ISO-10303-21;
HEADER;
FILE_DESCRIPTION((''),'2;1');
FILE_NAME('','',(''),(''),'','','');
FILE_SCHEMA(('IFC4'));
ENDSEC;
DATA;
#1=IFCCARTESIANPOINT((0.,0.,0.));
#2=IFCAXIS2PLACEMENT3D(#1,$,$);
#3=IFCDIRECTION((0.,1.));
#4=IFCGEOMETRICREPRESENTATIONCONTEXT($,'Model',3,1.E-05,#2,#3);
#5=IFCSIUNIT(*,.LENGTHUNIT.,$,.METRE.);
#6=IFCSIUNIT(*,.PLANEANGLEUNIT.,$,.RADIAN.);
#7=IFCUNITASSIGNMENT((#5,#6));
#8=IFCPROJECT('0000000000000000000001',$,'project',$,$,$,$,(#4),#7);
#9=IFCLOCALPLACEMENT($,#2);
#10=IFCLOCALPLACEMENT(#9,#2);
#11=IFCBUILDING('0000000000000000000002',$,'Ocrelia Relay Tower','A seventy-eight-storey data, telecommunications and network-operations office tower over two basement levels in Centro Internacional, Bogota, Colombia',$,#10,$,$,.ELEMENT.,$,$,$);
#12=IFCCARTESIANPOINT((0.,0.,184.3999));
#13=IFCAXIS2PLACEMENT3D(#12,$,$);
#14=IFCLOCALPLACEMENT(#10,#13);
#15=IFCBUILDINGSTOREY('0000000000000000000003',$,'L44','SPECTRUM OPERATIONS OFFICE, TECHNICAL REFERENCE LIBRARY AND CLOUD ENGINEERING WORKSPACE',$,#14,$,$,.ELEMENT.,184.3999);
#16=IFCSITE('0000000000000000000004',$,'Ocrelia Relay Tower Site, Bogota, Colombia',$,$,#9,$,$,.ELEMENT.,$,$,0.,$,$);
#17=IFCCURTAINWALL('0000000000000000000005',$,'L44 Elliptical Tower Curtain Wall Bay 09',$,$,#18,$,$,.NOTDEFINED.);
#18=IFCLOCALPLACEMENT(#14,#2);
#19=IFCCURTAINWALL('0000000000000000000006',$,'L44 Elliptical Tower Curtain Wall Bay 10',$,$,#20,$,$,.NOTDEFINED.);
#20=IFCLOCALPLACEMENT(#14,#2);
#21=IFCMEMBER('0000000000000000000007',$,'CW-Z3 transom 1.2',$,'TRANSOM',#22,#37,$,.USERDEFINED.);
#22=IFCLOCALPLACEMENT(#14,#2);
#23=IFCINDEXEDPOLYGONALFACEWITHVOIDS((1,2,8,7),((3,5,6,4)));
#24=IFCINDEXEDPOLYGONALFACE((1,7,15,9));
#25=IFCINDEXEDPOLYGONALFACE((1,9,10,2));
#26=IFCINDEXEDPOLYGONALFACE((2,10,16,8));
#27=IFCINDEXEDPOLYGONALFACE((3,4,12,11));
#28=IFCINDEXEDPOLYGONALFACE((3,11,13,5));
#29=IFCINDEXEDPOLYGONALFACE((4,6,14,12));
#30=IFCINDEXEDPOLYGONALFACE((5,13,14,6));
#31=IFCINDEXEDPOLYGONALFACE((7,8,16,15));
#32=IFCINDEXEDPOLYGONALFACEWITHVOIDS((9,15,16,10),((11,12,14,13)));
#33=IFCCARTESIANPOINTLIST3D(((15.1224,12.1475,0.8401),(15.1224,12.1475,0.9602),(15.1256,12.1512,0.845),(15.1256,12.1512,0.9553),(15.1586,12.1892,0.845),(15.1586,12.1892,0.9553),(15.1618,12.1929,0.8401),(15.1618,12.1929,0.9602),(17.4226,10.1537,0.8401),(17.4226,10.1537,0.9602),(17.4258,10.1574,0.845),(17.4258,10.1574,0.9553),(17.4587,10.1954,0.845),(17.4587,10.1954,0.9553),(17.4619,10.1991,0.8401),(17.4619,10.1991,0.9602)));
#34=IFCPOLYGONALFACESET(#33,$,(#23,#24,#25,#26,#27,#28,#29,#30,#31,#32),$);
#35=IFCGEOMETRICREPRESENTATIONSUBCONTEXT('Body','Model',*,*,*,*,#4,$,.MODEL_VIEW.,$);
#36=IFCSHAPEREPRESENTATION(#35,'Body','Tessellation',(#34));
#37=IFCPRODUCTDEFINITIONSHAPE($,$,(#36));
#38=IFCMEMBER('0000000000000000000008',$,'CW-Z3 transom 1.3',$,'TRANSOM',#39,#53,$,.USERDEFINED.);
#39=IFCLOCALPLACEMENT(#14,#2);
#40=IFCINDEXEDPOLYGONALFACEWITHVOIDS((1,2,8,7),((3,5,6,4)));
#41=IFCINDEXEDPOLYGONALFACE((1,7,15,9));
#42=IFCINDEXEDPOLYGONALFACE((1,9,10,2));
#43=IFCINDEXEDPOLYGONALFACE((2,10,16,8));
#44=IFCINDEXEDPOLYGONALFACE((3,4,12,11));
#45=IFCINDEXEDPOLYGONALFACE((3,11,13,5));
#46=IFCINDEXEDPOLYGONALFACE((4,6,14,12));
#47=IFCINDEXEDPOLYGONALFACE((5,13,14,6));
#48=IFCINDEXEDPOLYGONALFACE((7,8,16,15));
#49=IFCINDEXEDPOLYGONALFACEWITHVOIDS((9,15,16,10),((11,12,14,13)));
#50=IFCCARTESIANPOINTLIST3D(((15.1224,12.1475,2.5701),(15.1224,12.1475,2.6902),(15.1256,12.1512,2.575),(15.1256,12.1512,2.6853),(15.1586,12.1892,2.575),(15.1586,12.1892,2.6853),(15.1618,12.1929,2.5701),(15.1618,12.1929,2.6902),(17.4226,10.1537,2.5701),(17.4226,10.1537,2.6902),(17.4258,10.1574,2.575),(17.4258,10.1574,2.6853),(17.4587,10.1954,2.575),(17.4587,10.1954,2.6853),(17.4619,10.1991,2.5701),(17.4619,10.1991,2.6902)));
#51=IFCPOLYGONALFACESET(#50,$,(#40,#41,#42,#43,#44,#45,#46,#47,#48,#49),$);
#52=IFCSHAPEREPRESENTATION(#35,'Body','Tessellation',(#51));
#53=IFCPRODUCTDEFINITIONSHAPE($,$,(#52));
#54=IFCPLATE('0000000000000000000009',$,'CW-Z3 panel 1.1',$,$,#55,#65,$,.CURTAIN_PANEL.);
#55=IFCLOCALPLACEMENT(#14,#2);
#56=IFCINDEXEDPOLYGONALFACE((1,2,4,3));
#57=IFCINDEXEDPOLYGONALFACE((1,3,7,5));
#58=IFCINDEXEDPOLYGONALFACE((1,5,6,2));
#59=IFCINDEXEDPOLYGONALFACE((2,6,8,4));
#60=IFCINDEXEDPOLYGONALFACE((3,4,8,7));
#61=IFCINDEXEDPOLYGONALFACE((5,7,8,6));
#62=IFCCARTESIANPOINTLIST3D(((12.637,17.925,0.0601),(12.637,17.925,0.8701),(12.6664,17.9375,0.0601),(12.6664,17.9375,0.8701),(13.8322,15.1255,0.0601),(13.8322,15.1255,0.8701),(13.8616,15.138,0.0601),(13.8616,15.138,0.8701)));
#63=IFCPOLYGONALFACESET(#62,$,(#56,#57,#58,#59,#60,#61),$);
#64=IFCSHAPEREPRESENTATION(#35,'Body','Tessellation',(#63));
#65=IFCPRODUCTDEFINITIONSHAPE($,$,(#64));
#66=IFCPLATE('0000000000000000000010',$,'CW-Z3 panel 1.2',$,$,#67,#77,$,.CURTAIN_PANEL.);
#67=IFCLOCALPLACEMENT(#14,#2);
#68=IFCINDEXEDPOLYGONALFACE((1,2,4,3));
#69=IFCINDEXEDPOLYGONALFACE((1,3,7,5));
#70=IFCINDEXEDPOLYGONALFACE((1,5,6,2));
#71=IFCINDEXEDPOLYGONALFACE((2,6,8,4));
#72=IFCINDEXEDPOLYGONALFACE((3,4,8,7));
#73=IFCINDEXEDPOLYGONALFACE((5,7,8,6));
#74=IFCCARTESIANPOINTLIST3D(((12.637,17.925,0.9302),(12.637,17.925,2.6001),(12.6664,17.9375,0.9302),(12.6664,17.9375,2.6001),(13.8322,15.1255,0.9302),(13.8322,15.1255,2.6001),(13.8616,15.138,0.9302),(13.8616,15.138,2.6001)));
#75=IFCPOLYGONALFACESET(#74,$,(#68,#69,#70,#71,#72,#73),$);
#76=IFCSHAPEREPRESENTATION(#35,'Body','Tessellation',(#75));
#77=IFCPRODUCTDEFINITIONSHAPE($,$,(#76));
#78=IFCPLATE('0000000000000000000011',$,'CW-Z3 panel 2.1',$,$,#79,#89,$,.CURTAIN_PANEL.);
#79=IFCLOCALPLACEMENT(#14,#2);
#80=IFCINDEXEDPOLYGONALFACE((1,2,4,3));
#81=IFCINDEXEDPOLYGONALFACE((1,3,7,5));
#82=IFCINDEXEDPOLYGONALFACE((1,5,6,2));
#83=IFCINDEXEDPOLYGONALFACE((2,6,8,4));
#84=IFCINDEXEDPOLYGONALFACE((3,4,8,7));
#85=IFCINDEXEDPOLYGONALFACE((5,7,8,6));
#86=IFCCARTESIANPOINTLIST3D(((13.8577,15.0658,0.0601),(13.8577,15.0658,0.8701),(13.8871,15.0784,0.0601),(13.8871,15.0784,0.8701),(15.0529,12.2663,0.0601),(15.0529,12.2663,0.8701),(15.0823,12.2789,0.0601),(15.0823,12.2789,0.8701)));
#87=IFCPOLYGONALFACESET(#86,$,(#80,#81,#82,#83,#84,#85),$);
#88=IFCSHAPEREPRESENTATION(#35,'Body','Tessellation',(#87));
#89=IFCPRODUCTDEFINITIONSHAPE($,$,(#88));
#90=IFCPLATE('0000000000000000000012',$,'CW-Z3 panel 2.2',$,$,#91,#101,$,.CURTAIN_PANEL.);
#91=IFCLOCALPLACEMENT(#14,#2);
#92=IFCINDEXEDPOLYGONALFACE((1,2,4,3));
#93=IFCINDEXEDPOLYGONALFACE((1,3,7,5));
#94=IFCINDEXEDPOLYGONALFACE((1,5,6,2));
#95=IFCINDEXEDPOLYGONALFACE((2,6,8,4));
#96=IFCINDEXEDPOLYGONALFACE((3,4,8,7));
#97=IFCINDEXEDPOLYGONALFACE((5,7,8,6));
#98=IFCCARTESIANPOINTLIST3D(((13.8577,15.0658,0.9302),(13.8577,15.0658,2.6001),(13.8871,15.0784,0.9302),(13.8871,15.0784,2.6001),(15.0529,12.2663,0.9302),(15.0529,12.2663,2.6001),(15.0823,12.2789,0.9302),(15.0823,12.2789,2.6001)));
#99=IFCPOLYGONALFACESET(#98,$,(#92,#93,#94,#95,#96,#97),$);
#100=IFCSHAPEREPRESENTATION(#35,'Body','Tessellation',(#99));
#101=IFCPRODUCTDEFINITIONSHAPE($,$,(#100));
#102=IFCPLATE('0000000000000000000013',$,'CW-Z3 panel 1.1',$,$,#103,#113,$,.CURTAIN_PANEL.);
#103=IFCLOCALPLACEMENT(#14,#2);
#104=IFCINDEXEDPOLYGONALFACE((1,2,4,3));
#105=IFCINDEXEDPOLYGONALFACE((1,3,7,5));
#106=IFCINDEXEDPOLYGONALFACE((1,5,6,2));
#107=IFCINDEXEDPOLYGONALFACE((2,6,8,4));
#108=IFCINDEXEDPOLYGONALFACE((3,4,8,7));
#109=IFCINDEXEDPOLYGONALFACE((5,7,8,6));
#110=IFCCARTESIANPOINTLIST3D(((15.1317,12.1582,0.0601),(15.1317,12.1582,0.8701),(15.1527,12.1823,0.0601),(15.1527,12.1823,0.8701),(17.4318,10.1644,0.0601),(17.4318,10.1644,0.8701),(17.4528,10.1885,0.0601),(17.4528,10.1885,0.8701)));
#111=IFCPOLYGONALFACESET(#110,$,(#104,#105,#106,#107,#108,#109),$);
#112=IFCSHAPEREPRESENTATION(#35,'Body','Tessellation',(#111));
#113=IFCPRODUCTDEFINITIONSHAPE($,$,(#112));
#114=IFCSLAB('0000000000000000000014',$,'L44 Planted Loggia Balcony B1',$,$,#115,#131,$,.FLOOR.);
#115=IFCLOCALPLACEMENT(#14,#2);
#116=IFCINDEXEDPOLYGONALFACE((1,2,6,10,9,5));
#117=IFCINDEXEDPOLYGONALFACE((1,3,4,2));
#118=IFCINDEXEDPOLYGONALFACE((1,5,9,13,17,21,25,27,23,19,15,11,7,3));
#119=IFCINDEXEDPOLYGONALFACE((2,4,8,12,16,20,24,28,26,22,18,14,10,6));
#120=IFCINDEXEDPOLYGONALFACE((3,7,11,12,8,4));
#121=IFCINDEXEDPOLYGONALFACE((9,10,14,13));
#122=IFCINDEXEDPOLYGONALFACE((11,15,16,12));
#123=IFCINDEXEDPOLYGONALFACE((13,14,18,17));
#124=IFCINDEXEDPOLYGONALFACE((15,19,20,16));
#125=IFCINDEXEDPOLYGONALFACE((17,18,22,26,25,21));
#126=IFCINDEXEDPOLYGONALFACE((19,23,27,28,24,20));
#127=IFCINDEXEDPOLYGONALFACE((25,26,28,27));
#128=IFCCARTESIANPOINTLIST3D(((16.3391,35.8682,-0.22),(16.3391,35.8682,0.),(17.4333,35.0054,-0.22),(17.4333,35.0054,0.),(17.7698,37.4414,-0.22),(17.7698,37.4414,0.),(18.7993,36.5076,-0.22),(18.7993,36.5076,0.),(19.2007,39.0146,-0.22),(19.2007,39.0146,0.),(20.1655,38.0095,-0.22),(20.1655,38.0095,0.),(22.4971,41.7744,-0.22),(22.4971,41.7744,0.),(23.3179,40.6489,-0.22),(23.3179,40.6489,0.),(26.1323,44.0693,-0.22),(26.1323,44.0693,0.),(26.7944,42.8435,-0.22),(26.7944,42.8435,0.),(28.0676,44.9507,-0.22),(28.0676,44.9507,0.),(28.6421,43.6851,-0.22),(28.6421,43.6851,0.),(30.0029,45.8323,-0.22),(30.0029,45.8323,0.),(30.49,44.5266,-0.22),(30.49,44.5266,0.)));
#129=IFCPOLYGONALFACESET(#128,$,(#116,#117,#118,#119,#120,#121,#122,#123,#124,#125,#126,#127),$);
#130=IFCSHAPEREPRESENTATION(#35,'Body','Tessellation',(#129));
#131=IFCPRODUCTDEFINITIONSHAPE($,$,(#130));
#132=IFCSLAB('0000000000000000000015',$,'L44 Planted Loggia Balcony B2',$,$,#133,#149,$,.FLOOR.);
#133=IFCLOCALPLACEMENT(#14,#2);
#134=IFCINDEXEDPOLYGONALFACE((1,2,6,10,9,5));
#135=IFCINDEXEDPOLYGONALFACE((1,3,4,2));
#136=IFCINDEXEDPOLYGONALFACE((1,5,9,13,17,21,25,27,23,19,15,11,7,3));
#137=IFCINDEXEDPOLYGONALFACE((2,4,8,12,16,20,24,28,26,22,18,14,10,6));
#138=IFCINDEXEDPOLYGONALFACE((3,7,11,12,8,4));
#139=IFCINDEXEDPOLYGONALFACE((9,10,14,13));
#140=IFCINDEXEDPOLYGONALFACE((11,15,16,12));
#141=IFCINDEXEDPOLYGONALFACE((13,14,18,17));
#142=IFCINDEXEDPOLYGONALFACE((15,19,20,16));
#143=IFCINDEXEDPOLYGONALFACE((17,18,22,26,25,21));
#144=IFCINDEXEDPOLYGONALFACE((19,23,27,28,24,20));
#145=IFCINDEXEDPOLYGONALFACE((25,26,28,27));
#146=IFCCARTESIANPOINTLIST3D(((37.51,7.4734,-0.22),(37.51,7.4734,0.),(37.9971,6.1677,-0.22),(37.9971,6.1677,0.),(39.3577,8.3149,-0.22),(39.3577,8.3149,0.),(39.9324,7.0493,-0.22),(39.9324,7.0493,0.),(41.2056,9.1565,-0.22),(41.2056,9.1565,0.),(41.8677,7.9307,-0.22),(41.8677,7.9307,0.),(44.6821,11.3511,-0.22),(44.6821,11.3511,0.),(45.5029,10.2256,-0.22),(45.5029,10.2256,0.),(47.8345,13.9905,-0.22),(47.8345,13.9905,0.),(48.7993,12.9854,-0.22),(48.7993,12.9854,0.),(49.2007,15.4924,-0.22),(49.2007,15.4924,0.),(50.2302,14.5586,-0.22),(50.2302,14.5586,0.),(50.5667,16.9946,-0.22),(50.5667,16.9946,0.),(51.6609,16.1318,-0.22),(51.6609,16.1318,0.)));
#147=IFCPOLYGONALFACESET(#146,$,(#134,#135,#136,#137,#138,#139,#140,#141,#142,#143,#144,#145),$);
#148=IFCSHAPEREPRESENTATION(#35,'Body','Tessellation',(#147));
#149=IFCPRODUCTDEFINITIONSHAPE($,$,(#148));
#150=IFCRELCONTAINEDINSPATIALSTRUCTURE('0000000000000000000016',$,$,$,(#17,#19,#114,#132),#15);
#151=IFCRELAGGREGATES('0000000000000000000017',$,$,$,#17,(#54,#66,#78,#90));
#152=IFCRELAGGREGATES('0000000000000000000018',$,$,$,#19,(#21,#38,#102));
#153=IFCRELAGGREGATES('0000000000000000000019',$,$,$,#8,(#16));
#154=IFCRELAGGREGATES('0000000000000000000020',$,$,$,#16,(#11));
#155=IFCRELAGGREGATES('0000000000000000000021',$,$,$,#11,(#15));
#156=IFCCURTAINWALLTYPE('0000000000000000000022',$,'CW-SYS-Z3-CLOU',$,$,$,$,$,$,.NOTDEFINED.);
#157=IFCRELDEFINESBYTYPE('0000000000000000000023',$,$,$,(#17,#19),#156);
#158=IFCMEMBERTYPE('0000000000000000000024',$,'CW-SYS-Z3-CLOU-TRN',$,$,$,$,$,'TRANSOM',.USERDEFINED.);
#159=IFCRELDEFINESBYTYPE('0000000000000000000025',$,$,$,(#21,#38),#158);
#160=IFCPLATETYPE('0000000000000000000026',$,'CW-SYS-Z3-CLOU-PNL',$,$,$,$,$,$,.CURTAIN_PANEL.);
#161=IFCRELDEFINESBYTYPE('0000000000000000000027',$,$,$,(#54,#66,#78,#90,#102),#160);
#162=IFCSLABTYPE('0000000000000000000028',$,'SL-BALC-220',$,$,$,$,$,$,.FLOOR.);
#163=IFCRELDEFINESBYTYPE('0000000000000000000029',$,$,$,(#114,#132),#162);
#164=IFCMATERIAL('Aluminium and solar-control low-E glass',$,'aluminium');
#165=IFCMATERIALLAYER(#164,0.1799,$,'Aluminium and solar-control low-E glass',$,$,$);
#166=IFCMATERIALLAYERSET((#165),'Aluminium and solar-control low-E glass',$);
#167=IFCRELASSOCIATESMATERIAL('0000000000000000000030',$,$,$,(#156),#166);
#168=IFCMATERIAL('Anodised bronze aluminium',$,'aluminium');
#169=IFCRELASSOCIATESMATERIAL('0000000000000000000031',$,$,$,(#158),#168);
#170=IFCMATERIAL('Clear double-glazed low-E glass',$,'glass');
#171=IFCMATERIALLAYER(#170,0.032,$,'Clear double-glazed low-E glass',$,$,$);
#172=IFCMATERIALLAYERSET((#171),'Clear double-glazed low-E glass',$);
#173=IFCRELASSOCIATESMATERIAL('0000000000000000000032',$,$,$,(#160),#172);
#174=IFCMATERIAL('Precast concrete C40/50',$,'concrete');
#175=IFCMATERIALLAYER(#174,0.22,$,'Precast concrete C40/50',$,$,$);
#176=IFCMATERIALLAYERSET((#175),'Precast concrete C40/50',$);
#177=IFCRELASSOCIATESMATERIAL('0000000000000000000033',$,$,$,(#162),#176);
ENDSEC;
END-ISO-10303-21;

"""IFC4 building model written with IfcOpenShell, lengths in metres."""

from ifc_helpers import new_model, si_unit, direction, frame, origin, origin_2d, place, context, subcontext, project, spatial, polyline, rectangle, hollow_rectangle, outline, extrude, material, layer, layer_set, material_profile, profile_set, type_object, element, aggregate, save


model = new_model("IFC4")

# Units and contexts
model_context = context("Model", 3, precision=1e-05, world=origin(), true_north=direction((0.0, 1.0)))
body_context = subcontext(model_context, "Body", "Model", "MODEL_VIEW")
ifc_project = project(units=[si_unit("LENGTHUNIT", "METRE"), si_unit("PLANEANGLEUNIT", "RADIAN")], contexts=[model_context])

# Site, building, storey
site_placement = place(None, origin())
site = spatial("IfcSite", under=ifc_project, at=site_placement, Name="Ocrelia Relay Tower Site, Bogota, Colombia", CompositionType="ELEMENT", RefElevation=0.0)
building_placement = place(site_placement, origin())
building = spatial("IfcBuilding", under=site, at=building_placement, Name="Ocrelia Relay Tower", Description="A seventy-eight-storey data, telecommunications and network-operations office tower over two basement levels in Centro Internacional, Bogota, Colombia", CompositionType="ELEMENT")
storey_placement = place(building_placement, frame((0.0, 0.0, 184.3999)))
storey = spatial("IfcBuildingStorey", under=building, at=storey_placement, Name="L44", Description="SPECTRUM OPERATIONS OFFICE, TECHNICAL REFERENCE LIBRARY AND CLOUD ENGINEERING WORKSPACE", CompositionType="ELEMENT", Elevation=184.3999)

# Curtain wall
ifc_material_1 = material(Name="Aluminium and solar-control low-E glass", Category="aluminium")
ifc_layer_1 = layer(ifc_material_1, 0.1799, Name="Aluminium and solar-control low-E glass")
ifc_layer_set_1 = layer_set([ifc_layer_1], Name="Aluminium and solar-control low-E glass")
curtain_wall_type = type_object("IfcCurtainWallType", Name="CW-SYS-Z3-CLOU", PredefinedType="NOTDEFINED", material=ifc_layer_set_1)
curtain_wall_1_placement = place(storey_placement, origin())
curtain_wall_1 = element("IfcCurtainWall", 1, at=curtain_wall_1_placement, inside=storey, type_object=curtain_wall_type, Name="L44 Elliptical Tower Curtain Wall Bay 09", PredefinedType="NOTDEFINED")
ifc_material_2 = material(Name="Anodised bronze aluminium", Category="aluminium")

# Curtain wall
curtain_wall_2_placement = place(storey_placement, origin())
curtain_wall_2 = element("IfcCurtainWall", 2, at=curtain_wall_2_placement, inside=storey, type_object=curtain_wall_type, Name="L44 Elliptical Tower Curtain Wall Bay 10", PredefinedType="NOTDEFINED")

# Members
ifc_material_profile_1 = material_profile(ifc_material_2, hollow_rectangle(XDim=0.0601, YDim=0.1201, WallThickness=0.0049, at=origin_2d()), Name="CW-TRN-120x60")
ifc_profile_set_1 = profile_set([ifc_material_profile_1], Name="Anodised bronze aluminium")
member_type_1 = type_object("IfcMemberType", Name="CW-SYS-Z3-CLOU-TRN", ElementType="TRANSOM", PredefinedType="USERDEFINED", material=ifc_profile_set_1)
member_1_placement = place(storey_placement, frame((15.1421, 12.1702, 0.9001), z_axis=(0.755644, -0.654982, 0.0), x_axis=(0.654982, 0.755644, 0.0)))
member_1 = element("IfcMember", 3, at=member_1_placement, type_object=member_type_1, Name="CW-Z3 transom 1.2", ObjectType="TRANSOM", PredefinedType="USERDEFINED", context=body_context, shape_type="SweptSolid", body=[
    extrude(hollow_rectangle(XDim=0.0601, YDim=0.1201, WallThickness=0.0049, at=origin_2d()), origin(), (0.0, 0.0, 1.0), 3.0439),
])
member_2_placement = place(storey_placement, frame((15.1421, 12.1702, 2.6301), z_axis=(0.755644, -0.654982, 0.0), x_axis=(0.654982, 0.755644, 0.0)))
member_2 = element("IfcMember", 4, at=member_2_placement, type_object=member_type_1, Name="CW-Z3 transom 1.3", ObjectType="TRANSOM", PredefinedType="USERDEFINED", context=body_context, shape_type="SweptSolid", body=[
    extrude(hollow_rectangle(XDim=0.0601, YDim=0.1201, WallThickness=0.0049, at=origin_2d()), origin(), (0.0, 0.0, 1.0), 3.0439),
])

# Plates
ifc_material_3 = material(Name="Clear double-glazed low-E glass", Category="glass")
ifc_layer_2 = layer(ifc_material_3, 0.032, Name="Clear double-glazed low-E glass")
ifc_layer_set_2 = layer_set([ifc_layer_2], Name="Clear double-glazed low-E glass")
plate_type = type_object("IfcPlateType", Name="CW-SYS-Z3-CLOU-PNL", PredefinedType="CURTAIN_PANEL", material=ifc_layer_set_2)
plate_1_placement = place(storey_placement, frame((13.2493, 16.5315, 0.0601), z_axis=(0.0, 0.0, 1.0), x_axis=(0.392651, -0.919688, 0.0)))
plate_1 = element("IfcPlate", 5, at=plate_1_placement, type_object=plate_type, Name="CW-Z3 panel 1.1", PredefinedType="CURTAIN_PANEL", context=body_context, shape_type="SweptSolid", body=[
    extrude(rectangle(XDim=3.0439, YDim=0.032, at=origin_2d()), origin(), (0.0, 0.0, 1.0), 0.8101),
])
plate_2_placement = place(storey_placement, frame((13.2493, 16.5315, 0.9302), z_axis=(0.0, 0.0, 1.0), x_axis=(0.392651, -0.919688, 0.0)))
plate_2 = element("IfcPlate", 6, at=plate_2_placement, type_object=plate_type, Name="CW-Z3 panel 1.2", PredefinedType="CURTAIN_PANEL", context=body_context, shape_type="SweptSolid", body=[
    extrude(rectangle(XDim=3.0439, YDim=0.032, at=origin_2d()), origin(), (0.0, 0.0, 1.0), 1.6699),
])
plate_3_placement = place(storey_placement, frame((14.47, 13.6724, 0.0601), z_axis=(0.0, 0.0, 1.0), x_axis=(0.392651, -0.919688, 0.0)))
plate_3 = element("IfcPlate", 7, at=plate_3_placement, type_object=plate_type, Name="CW-Z3 panel 2.1", PredefinedType="CURTAIN_PANEL", context=body_context, shape_type="SweptSolid", body=[
    extrude(rectangle(XDim=3.0439, YDim=0.032, at=origin_2d()), origin(), (0.0, 0.0, 1.0), 0.8101),
])
plate_4_placement = place(storey_placement, frame((14.47, 13.6724, 0.9302), z_axis=(0.0, 0.0, 1.0), x_axis=(0.392651, -0.919688, 0.0)))
plate_4 = element("IfcPlate", 8, at=plate_4_placement, type_object=plate_type, Name="CW-Z3 panel 2.2", PredefinedType="CURTAIN_PANEL", context=body_context, shape_type="SweptSolid", body=[
    extrude(rectangle(XDim=3.0439, YDim=0.032, at=origin_2d()), origin(), (0.0, 0.0, 1.0), 1.6699),
])
aggregate(curtain_wall_1, [plate_1, plate_2, plate_3, plate_4])
plate_5_placement = place(storey_placement, frame((16.2922, 11.1733, 0.0601), z_axis=(0.0, 0.0, 1.0), x_axis=(0.755627, -0.655002, 0.0)))
plate_5 = element("IfcPlate", 9, at=plate_5_placement, type_object=plate_type, Name="CW-Z3 panel 1.1", PredefinedType="CURTAIN_PANEL", context=body_context, shape_type="SweptSolid", body=[
    extrude(rectangle(XDim=3.0439, YDim=0.032, at=origin_2d()), origin(), (0.0, 0.0, 1.0), 0.8101),
])
aggregate(curtain_wall_2, [member_1, member_2, plate_5])

# Slabs
ifc_material_4 = material(Name="Precast concrete C40/50", Category="concrete")
ifc_layer_3 = layer(ifc_material_4, 0.22, Name="Precast concrete C40/50")
ifc_layer_set_3 = layer_set([ifc_layer_3], Name="Precast concrete C40/50")
slab_type_1 = type_object("IfcSlabType", Name="SL-BALC-220", PredefinedType="FLOOR", material=ifc_layer_set_3)
slab_1_placement = place(storey_placement, frame((0.0, 0.0, -0.22)))
element("IfcSlab", 10, at=slab_1_placement, inside=storey, type_object=slab_type_1, Name="L44 Planted Loggia Balcony B1", PredefinedType="FLOOR", context=body_context, shape_type="SweptSolid", body=[
    extrude(outline(polyline([(30.49, 44.5266), (28.6421, 43.6851), (26.7944, 42.8435), (23.3179, 40.6489), (20.1655, 38.0095), (18.7993, 36.5076), (17.4333, 35.0054), (16.3391, 35.8682), (17.7698, 37.4414), (19.2007, 39.0146), (22.4971, 41.7744), (26.1323, 44.0693), (28.0676, 44.9507), (30.0029, 45.8323), (30.49, 44.5266)])), origin(), (0.0, 0.0, 1.0), 0.22),
])
slab_2_placement = place(storey_placement, frame((0.0, 0.0, -0.22)))
element("IfcSlab", 11, at=slab_2_placement, inside=storey, type_object=slab_type_1, Name="L44 Planted Loggia Balcony B2", PredefinedType="FLOOR", context=body_context, shape_type="SweptSolid", body=[
    extrude(outline(polyline([(37.51, 7.4734), (39.3577, 8.3149), (41.2056, 9.1565), (44.6821, 11.3511), (47.8345, 13.9905), (49.2007, 15.4924), (50.5667, 16.9946), (51.6609, 16.1318), (50.2302, 14.5586), (48.7993, 12.9854), (45.5029, 10.2256), (41.8677, 7.9307), (39.9324, 7.0493), (37.9971, 6.1677), (37.51, 7.4734)])), origin(), (0.0, 0.0, 1.0), 0.22),
])

save(model, "model.ifc")
